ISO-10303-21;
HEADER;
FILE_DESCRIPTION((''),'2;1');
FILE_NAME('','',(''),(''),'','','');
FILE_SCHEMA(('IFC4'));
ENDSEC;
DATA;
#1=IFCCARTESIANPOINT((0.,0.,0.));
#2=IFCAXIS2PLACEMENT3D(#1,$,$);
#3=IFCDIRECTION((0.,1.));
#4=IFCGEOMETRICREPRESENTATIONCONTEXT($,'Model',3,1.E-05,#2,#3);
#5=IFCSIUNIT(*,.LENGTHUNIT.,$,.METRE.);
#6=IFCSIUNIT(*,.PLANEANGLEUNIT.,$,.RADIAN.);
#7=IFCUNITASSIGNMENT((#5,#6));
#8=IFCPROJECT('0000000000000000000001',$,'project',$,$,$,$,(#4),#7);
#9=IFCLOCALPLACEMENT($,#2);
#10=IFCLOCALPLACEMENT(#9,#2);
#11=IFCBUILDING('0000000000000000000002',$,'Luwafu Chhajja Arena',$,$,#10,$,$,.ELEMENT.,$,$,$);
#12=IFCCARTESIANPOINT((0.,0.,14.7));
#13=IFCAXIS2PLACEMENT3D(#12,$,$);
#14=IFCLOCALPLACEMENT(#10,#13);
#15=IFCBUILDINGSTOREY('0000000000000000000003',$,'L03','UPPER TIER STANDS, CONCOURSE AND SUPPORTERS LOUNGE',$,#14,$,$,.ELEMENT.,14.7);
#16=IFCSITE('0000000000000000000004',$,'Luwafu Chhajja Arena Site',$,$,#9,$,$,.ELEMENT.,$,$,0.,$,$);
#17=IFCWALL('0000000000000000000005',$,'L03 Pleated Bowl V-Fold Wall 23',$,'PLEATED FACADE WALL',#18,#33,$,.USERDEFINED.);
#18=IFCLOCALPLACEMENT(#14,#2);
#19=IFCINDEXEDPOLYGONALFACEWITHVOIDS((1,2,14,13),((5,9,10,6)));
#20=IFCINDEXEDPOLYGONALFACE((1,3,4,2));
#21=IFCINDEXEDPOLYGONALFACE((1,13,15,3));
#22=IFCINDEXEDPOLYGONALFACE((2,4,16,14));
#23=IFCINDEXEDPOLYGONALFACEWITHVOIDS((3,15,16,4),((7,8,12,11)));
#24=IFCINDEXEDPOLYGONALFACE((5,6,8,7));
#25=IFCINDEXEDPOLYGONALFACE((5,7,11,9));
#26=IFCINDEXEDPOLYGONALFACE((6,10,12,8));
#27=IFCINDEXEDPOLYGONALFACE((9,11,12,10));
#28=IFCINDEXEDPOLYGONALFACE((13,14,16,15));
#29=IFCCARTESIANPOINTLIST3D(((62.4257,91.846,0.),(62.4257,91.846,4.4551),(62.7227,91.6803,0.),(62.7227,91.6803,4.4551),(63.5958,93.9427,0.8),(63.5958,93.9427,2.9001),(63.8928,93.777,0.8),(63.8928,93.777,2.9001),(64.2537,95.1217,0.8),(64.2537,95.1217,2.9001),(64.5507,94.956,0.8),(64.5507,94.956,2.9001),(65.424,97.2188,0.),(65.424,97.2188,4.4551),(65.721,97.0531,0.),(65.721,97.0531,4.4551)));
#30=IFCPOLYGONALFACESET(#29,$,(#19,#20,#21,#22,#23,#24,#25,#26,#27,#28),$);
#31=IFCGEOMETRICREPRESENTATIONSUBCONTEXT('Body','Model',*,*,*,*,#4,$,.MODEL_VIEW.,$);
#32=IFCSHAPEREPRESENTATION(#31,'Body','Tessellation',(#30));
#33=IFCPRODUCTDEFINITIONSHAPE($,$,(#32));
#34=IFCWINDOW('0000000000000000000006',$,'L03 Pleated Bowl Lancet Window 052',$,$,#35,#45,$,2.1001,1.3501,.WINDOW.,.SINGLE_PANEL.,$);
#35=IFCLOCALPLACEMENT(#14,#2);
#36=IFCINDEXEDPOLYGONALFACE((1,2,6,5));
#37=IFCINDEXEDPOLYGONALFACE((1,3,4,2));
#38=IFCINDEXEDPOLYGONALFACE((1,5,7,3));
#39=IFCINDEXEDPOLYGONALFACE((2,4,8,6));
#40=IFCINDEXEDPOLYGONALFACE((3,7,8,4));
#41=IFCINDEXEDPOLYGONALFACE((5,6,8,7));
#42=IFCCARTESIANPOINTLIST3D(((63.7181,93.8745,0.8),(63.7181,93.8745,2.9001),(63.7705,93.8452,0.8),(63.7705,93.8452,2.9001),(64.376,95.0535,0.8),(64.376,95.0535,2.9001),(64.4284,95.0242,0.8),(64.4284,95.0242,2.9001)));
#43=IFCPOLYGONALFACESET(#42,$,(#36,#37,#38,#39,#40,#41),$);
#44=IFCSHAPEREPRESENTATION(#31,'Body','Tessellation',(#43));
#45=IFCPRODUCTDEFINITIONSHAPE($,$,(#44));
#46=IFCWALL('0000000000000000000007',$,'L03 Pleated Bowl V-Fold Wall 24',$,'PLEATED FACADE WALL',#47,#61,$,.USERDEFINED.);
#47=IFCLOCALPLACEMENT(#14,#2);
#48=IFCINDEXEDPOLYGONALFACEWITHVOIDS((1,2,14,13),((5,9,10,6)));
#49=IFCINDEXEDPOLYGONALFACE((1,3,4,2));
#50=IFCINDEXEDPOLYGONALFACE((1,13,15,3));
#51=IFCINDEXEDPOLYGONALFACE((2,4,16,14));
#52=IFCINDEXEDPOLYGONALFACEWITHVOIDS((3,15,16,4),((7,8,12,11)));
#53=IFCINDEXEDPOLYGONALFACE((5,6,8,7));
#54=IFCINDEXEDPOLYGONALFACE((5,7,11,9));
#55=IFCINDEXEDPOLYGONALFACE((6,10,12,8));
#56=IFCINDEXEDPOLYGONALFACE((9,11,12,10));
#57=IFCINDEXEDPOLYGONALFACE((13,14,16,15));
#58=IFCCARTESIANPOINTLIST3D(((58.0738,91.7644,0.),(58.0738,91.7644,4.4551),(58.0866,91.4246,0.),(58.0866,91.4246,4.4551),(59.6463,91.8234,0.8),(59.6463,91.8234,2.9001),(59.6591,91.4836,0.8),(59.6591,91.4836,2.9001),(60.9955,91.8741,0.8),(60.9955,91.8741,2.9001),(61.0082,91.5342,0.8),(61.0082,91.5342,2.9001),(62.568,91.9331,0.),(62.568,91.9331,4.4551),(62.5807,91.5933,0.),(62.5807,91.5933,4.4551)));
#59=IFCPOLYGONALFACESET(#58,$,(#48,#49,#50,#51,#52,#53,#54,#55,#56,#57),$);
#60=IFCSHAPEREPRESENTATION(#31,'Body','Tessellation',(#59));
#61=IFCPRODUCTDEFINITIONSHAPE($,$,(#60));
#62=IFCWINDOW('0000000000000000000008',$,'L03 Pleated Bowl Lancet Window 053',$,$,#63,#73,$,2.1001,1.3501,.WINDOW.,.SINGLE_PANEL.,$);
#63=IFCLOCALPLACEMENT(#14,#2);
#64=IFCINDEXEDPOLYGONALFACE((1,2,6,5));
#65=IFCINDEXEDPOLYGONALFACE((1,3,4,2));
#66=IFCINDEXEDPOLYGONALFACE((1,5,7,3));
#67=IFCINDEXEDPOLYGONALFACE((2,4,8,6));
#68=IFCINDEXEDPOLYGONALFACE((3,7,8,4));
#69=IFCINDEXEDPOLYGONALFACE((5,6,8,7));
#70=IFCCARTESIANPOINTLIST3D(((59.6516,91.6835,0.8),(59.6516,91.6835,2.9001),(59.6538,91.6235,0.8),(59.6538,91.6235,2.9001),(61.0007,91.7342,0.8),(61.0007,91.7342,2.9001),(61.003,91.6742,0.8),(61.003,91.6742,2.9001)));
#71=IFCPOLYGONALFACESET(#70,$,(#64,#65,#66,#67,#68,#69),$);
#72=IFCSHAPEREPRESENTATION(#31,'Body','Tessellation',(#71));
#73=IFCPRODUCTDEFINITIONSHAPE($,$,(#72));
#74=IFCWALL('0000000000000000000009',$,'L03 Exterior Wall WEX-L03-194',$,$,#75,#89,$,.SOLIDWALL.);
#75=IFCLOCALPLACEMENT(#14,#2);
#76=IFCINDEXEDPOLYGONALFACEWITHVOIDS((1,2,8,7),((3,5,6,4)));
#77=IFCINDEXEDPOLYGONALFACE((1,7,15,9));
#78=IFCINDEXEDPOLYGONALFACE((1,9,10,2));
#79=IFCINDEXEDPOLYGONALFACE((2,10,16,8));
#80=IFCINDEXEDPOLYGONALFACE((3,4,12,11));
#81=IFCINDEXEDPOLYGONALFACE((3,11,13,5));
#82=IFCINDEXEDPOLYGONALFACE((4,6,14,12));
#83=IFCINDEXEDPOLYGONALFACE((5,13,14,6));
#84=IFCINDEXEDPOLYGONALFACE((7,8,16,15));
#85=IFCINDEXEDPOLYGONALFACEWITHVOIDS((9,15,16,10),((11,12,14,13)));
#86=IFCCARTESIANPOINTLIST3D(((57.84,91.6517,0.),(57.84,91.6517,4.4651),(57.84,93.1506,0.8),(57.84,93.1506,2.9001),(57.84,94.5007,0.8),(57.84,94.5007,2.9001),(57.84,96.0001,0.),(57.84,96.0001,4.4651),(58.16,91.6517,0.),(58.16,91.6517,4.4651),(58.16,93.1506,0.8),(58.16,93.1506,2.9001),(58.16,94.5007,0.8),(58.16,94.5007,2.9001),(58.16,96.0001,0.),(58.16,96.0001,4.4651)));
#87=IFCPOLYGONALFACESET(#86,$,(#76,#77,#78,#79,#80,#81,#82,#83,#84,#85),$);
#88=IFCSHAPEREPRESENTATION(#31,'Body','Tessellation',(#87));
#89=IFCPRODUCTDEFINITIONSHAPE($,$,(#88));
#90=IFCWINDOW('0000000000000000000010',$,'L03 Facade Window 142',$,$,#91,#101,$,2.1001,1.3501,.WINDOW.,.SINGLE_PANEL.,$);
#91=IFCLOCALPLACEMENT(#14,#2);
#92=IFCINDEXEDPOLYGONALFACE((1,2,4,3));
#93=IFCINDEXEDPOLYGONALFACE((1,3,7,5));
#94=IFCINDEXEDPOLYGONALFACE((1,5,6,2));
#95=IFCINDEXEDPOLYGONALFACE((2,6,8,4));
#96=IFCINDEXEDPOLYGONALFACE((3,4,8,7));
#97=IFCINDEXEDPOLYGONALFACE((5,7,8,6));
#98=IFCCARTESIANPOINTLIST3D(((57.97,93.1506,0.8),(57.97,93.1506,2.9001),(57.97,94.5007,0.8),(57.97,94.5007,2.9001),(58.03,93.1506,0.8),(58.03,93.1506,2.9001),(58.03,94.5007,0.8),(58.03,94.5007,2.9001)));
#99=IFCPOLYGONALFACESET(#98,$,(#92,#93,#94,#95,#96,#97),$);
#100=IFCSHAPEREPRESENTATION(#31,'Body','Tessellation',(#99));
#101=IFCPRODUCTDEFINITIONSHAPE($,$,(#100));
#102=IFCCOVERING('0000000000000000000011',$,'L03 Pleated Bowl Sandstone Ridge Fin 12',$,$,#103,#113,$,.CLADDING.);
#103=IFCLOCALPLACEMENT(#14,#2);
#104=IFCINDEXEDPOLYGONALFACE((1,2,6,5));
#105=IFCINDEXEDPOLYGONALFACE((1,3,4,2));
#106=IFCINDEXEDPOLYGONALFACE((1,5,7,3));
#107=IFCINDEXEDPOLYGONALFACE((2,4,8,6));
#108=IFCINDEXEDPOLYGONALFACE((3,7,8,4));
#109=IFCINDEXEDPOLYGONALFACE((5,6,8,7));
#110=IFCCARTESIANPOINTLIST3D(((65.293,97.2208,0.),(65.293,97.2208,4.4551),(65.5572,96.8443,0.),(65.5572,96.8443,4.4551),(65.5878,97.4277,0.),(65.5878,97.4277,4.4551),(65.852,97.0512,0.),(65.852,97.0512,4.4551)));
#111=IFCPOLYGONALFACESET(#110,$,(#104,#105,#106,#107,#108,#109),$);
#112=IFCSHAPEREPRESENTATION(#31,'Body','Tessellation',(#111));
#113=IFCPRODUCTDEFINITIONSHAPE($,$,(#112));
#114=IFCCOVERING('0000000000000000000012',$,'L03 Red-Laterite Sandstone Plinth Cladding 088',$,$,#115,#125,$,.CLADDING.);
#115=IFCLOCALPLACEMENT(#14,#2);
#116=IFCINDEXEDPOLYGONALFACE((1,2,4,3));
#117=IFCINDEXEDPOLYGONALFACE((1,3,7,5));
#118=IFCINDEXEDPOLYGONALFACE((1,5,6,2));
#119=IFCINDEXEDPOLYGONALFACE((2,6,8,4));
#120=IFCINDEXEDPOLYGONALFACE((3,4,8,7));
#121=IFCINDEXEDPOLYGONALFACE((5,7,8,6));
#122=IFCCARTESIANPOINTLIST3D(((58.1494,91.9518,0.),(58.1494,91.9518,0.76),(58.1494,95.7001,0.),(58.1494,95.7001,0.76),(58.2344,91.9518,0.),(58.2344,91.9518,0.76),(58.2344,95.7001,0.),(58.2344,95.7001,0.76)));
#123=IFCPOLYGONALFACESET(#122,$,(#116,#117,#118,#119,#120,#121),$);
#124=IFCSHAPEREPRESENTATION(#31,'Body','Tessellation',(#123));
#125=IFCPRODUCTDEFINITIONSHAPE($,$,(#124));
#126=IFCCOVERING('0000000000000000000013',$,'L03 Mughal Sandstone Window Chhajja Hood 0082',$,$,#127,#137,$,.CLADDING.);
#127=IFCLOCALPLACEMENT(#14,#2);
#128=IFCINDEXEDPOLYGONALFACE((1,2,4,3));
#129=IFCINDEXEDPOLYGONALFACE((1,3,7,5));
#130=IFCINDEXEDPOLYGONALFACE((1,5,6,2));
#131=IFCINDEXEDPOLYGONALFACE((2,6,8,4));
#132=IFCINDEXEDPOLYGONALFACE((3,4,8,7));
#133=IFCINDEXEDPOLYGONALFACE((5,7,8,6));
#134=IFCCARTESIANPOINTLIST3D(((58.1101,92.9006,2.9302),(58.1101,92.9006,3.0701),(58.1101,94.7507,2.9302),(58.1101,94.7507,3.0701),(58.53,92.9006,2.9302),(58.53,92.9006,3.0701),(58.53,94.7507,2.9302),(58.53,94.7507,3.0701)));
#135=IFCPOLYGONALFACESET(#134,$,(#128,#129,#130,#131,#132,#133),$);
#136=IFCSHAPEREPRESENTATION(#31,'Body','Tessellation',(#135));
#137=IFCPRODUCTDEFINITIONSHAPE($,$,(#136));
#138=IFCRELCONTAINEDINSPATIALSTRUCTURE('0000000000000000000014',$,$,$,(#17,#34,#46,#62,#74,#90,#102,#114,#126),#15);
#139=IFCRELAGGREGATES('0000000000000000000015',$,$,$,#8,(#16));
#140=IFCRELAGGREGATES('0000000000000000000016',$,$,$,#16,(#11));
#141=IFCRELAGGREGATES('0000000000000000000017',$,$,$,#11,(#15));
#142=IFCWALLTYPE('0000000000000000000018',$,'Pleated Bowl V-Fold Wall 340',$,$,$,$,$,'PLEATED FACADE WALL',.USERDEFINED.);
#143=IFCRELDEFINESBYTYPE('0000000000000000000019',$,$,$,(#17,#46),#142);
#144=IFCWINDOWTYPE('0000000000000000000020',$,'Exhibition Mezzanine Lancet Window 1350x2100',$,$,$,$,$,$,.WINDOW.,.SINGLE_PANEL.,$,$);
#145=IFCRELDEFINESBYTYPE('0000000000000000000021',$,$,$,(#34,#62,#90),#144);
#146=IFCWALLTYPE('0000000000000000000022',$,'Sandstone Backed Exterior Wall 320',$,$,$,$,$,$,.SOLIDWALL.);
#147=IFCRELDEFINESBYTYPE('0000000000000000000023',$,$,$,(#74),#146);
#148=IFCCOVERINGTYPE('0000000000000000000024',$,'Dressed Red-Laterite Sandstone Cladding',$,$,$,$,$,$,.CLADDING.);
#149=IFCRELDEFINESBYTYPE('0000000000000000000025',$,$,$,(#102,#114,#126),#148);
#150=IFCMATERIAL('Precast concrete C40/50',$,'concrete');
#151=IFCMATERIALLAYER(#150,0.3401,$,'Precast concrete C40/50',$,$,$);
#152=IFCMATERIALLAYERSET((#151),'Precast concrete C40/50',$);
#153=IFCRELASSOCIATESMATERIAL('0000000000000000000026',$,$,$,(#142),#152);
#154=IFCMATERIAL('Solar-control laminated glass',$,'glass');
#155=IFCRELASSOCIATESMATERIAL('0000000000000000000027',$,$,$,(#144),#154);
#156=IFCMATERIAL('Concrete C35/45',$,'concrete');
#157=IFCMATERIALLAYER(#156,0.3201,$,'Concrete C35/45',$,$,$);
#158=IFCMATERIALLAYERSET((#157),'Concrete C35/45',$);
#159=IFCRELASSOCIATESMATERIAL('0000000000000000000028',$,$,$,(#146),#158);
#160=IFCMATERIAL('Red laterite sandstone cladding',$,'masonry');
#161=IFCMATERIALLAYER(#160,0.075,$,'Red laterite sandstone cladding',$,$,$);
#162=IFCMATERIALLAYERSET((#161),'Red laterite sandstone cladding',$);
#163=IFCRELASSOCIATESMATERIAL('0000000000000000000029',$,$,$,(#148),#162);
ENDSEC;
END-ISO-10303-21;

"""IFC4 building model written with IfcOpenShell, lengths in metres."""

from ifc_helpers import new_model, si_unit, direction, frame, frame_2d, origin, origin_2d, place, context, subcontext, project, spatial, rectangle, extrude, material, layer, layer_set, type_object, element, fill, save


model = new_model("IFC4")

# Units and contexts
model_context = context("Model", 3, precision=1e-05, world=origin(), true_north=direction((0.0, 1.0)))
body_context = subcontext(model_context, "Body", "Model", "MODEL_VIEW")
ifc_project = project(units=[si_unit("LENGTHUNIT", "METRE"), si_unit("PLANEANGLEUNIT", "RADIAN")], contexts=[model_context])

# Site, building, storey
site_placement = place(None, origin())
site = spatial("IfcSite", under=ifc_project, at=site_placement, Name="Luwafu Chhajja Arena Site", CompositionType="ELEMENT", RefElevation=0.0)
building_placement = place(site_placement, origin())
building = spatial("IfcBuilding", under=site, at=building_placement, Name="Luwafu Chhajja Arena", CompositionType="ELEMENT")
storey_placement = place(building_placement, frame((0.0, 0.0, 14.7)))
storey = spatial("IfcBuildingStorey", under=building, at=storey_placement, Name="L03", Description="UPPER TIER STANDS, CONCOURSE AND SUPPORTERS LOUNGE", CompositionType="ELEMENT", Elevation=14.7)

# Shared definitions
ifc_material_1 = material(Name="Concrete C35/45", Category="concrete")

# Walls, openings, windows
ifc_material_2 = material(Name="Precast concrete C40/50", Category="concrete")
ifc_layer_1 = layer(ifc_material_2, 0.3401, Name="Precast concrete C40/50")
ifc_layer_set_1 = layer_set([ifc_layer_1], Name="Precast concrete C40/50")
wall_type_1 = type_object("IfcWallType", Name="Pleated Bowl V-Fold Wall 340", ElementType="PLEATED FACADE WALL", PredefinedType="USERDEFINED", material=ifc_layer_set_1)
wall_1_placement = place(storey_placement, frame((65.5725, 97.136, 0.0), z_axis=(0.0, 0.0, 1.0), x_axis=(-0.487306, -0.873231, 0.0)))
wall_1 = element("IfcWall", 1, at=wall_1_placement, inside=storey, type_object=wall_type_1, Name="L03 Pleated Bowl V-Fold Wall 23", ObjectType="PLEATED FACADE WALL", PredefinedType="USERDEFINED", context=body_context, shape_type="SweptSolid", body=[
    extrude(rectangle(XDim=6.1528, YDim=0.3401, at=frame_2d((3.0764, 0.0))), origin(), (0.0, 0.0, 1.0), 4.4551),
])
opening_1_placement = place(wall_1_placement, frame((2.4016, 0.0, 0.8)))
opening_1 = element("IfcOpeningElement", 2, at=opening_1_placement, cuts=wall_1, PredefinedType="OPENING", context=body_context, shape_type="SweptSolid", body=[
    extrude(rectangle(XDim=1.3501, YDim=2.1001, at=frame_2d((0.675, 1.05))), frame((0.0, 0.1799, 0.0), z_axis=(0.0, -1.0, 0.0), x_axis=(1.0, 0.0, 0.0)), (0.0, 0.0, 1.0), 0.3601),
])
ifc_material_3 = material(Name="Solar-control laminated glass", Category="glass")
window_type = type_object("IfcWindowType", Name="Exhibition Mezzanine Lancet Window 1350x2100", PartitioningType="SINGLE_PANEL", PredefinedType="WINDOW", material=ifc_material_3)
window_1_placement = place(opening_1_placement, origin())
window_1 = element("IfcWindow", 3, at=window_1_placement, inside=storey, type_object=window_type, Name="L03 Pleated Bowl Lancet Window 052", OverallHeight=2.1001, OverallWidth=1.3501, PartitioningType="SINGLE_PANEL", PredefinedType="WINDOW", context=body_context, shape_type="SweptSolid", body=[
    extrude(rectangle(XDim=1.3501, YDim=2.1001, at=frame_2d((0.675, 1.05))), frame((0.0, 0.03, 0.0), z_axis=(0.0, -1.0, 0.0), x_axis=(1.0, 0.0, 0.0)), (0.0, 0.0, 1.0), 0.0601),
])
fill(opening_1, window_1)
wall_2_placement = place(storey_placement, frame((62.5742, 91.7632, 0.0), z_axis=(0.0, 0.0, 1.0), x_axis=(-0.999296, -0.037512, 0.0)))
wall_2 = element("IfcWall", 4, at=wall_2_placement, inside=storey, type_object=wall_type_1, Name="L03 Pleated Bowl V-Fold Wall 24", ObjectType="PLEATED FACADE WALL", PredefinedType="USERDEFINED", context=body_context, shape_type="SweptSolid", body=[
    extrude(rectangle(XDim=4.4973, YDim=0.3401, at=frame_2d((2.2485, 0.0))), origin(), (0.0, 0.0, 1.0), 4.4551),
])
opening_2_placement = place(wall_2_placement, frame((1.5735, 0.0, 0.8)))
opening_2 = element("IfcOpeningElement", 5, at=opening_2_placement, cuts=wall_2, PredefinedType="OPENING", context=body_context, shape_type="SweptSolid", body=[
    extrude(rectangle(XDim=1.3501, YDim=2.1001, at=frame_2d((0.675, 1.05))), frame((0.0, 0.1799, 0.0), z_axis=(0.0, -1.0, 0.0), x_axis=(1.0, 0.0, 0.0)), (0.0, 0.0, 1.0), 0.3601),
])
window_2_placement = place(opening_2_placement, origin())
window_2 = element("IfcWindow", 6, at=window_2_placement, inside=storey, type_object=window_type, Name="L03 Pleated Bowl Lancet Window 053", OverallHeight=2.1001, OverallWidth=1.3501, PartitioningType="SINGLE_PANEL", PredefinedType="WINDOW", context=body_context, shape_type="SweptSolid", body=[
    extrude(rectangle(XDim=1.3501, YDim=2.1001, at=frame_2d((0.675, 1.05))), frame((0.0, 0.03, 0.0), z_axis=(0.0, -1.0, 0.0), x_axis=(1.0, 0.0, 0.0)), (0.0, 0.0, 1.0), 0.0601),
])
fill(opening_2, window_2)
ifc_layer_2 = layer(ifc_material_1, 0.3201, Name="Concrete C35/45")
ifc_layer_set_2 = layer_set([ifc_layer_2], Name="Concrete C35/45")
wall_type_2 = type_object("IfcWallType", Name="Sandstone Backed Exterior Wall 320", PredefinedType="SOLIDWALL", material=ifc_layer_set_2)
wall_3_placement = place(storey_placement, frame((58.0, 91.6516, 0.0), z_axis=(0.0, 0.0, 1.0), x_axis=(0.0, 1.0, 0.0)))
wall_3 = element("IfcWall", 7, at=wall_3_placement, inside=storey, type_object=wall_type_2, Name="L03 Exterior Wall WEX-L03-194", PredefinedType="SOLIDWALL", context=body_context, shape_type="SweptSolid", body=[
    extrude(rectangle(XDim=4.3484, YDim=0.3201, at=frame_2d((2.1743, 0.0))), origin(), (0.0, 0.0, 1.0), 4.4651),
])
opening_3_placement = place(wall_3_placement, frame((1.499, 0.0, 0.8)))
opening_3 = element("IfcOpeningElement", 8, at=opening_3_placement, cuts=wall_3, PredefinedType="OPENING", context=body_context, shape_type="SweptSolid", body=[
    extrude(rectangle(XDim=1.3501, YDim=2.1001, at=frame_2d((0.675, 1.05))), frame((0.0, 0.1699, 0.0), z_axis=(0.0, -1.0, 0.0), x_axis=(1.0, 0.0, 0.0)), (0.0, 0.0, 1.0), 0.3401),
])
window_3_placement = place(opening_3_placement, origin())
window_3 = element("IfcWindow", 9, at=window_3_placement, inside=storey, type_object=window_type, Name="L03 Facade Window 142", OverallHeight=2.1001, OverallWidth=1.3501, PartitioningType="SINGLE_PANEL", PredefinedType="WINDOW", context=body_context, shape_type="SweptSolid", body=[
    extrude(rectangle(XDim=1.3501, YDim=2.1001, at=frame_2d((0.675, 1.05))), frame((0.0, 0.03, 0.0), z_axis=(0.0, -1.0, 0.0), x_axis=(1.0, 0.0, 0.0)), (0.0, 0.0, 1.0), 0.0601),
])
fill(opening_3, window_3)

# Coverings
ifc_material_4 = material(Name="Red laterite sandstone cladding", Category="masonry")
ifc_layer_3 = layer(ifc_material_4, 0.075, Name="Red laterite sandstone cladding")
ifc_layer_set_3 = layer_set([ifc_layer_3], Name="Red laterite sandstone cladding")
covering_type = type_object("IfcCoveringType", Name="Dressed Red-Laterite Sandstone Cladding", PredefinedType="CLADDING", material=ifc_layer_set_3)
covering_1_placement = place(storey_placement, frame((65.5725, 97.136, 0.0), z_axis=(0.0, 0.0, 1.0), x_axis=(-0.574411, 0.818567, 0.0)))
element("IfcCovering", 10, at=covering_1_placement, inside=storey, type_object=covering_type, Name="L03 Pleated Bowl Sandstone Ridge Fin 12", PredefinedType="CLADDING", context=body_context, shape_type="SweptSolid", body=[
    extrude(rectangle(XDim=0.46, YDim=0.3601, at=origin_2d()), origin(), (0.0, 0.0, 1.0), 4.4551),
])
covering_2_placement = place(storey_placement, frame((58.1919, 93.8259, 0.0), z_axis=(0.0, 0.0, 1.0), x_axis=(0.0, 1.0, 0.0)))
element("IfcCovering", 11, at=covering_2_placement, inside=storey, type_object=covering_type, Name="L03 Red-Laterite Sandstone Plinth Cladding 088", PredefinedType="CLADDING", context=body_context, shape_type="SweptSolid", body=[
    extrude(rectangle(XDim=3.7483, YDim=0.085, at=origin_2d()), origin(), (0.0, 0.0, 1.0), 0.76),
])
covering_3_placement = place(storey_placement, frame((58.3201, 93.8257, 2.9302), z_axis=(0.0, 0.0, 1.0), x_axis=(0.0, 1.0, 0.0)))
element("IfcCovering", 12, at=covering_3_placement, inside=storey, type_object=covering_type, Name="L03 Mughal Sandstone Window Chhajja Hood 0082", PredefinedType="CLADDING", context=body_context, shape_type="SweptSolid", body=[
    extrude(rectangle(XDim=1.8501, YDim=0.4199, at=origin_2d()), origin(), (0.0, 0.0, 1.0), 0.1399),
])

save(model, "model.ifc")
